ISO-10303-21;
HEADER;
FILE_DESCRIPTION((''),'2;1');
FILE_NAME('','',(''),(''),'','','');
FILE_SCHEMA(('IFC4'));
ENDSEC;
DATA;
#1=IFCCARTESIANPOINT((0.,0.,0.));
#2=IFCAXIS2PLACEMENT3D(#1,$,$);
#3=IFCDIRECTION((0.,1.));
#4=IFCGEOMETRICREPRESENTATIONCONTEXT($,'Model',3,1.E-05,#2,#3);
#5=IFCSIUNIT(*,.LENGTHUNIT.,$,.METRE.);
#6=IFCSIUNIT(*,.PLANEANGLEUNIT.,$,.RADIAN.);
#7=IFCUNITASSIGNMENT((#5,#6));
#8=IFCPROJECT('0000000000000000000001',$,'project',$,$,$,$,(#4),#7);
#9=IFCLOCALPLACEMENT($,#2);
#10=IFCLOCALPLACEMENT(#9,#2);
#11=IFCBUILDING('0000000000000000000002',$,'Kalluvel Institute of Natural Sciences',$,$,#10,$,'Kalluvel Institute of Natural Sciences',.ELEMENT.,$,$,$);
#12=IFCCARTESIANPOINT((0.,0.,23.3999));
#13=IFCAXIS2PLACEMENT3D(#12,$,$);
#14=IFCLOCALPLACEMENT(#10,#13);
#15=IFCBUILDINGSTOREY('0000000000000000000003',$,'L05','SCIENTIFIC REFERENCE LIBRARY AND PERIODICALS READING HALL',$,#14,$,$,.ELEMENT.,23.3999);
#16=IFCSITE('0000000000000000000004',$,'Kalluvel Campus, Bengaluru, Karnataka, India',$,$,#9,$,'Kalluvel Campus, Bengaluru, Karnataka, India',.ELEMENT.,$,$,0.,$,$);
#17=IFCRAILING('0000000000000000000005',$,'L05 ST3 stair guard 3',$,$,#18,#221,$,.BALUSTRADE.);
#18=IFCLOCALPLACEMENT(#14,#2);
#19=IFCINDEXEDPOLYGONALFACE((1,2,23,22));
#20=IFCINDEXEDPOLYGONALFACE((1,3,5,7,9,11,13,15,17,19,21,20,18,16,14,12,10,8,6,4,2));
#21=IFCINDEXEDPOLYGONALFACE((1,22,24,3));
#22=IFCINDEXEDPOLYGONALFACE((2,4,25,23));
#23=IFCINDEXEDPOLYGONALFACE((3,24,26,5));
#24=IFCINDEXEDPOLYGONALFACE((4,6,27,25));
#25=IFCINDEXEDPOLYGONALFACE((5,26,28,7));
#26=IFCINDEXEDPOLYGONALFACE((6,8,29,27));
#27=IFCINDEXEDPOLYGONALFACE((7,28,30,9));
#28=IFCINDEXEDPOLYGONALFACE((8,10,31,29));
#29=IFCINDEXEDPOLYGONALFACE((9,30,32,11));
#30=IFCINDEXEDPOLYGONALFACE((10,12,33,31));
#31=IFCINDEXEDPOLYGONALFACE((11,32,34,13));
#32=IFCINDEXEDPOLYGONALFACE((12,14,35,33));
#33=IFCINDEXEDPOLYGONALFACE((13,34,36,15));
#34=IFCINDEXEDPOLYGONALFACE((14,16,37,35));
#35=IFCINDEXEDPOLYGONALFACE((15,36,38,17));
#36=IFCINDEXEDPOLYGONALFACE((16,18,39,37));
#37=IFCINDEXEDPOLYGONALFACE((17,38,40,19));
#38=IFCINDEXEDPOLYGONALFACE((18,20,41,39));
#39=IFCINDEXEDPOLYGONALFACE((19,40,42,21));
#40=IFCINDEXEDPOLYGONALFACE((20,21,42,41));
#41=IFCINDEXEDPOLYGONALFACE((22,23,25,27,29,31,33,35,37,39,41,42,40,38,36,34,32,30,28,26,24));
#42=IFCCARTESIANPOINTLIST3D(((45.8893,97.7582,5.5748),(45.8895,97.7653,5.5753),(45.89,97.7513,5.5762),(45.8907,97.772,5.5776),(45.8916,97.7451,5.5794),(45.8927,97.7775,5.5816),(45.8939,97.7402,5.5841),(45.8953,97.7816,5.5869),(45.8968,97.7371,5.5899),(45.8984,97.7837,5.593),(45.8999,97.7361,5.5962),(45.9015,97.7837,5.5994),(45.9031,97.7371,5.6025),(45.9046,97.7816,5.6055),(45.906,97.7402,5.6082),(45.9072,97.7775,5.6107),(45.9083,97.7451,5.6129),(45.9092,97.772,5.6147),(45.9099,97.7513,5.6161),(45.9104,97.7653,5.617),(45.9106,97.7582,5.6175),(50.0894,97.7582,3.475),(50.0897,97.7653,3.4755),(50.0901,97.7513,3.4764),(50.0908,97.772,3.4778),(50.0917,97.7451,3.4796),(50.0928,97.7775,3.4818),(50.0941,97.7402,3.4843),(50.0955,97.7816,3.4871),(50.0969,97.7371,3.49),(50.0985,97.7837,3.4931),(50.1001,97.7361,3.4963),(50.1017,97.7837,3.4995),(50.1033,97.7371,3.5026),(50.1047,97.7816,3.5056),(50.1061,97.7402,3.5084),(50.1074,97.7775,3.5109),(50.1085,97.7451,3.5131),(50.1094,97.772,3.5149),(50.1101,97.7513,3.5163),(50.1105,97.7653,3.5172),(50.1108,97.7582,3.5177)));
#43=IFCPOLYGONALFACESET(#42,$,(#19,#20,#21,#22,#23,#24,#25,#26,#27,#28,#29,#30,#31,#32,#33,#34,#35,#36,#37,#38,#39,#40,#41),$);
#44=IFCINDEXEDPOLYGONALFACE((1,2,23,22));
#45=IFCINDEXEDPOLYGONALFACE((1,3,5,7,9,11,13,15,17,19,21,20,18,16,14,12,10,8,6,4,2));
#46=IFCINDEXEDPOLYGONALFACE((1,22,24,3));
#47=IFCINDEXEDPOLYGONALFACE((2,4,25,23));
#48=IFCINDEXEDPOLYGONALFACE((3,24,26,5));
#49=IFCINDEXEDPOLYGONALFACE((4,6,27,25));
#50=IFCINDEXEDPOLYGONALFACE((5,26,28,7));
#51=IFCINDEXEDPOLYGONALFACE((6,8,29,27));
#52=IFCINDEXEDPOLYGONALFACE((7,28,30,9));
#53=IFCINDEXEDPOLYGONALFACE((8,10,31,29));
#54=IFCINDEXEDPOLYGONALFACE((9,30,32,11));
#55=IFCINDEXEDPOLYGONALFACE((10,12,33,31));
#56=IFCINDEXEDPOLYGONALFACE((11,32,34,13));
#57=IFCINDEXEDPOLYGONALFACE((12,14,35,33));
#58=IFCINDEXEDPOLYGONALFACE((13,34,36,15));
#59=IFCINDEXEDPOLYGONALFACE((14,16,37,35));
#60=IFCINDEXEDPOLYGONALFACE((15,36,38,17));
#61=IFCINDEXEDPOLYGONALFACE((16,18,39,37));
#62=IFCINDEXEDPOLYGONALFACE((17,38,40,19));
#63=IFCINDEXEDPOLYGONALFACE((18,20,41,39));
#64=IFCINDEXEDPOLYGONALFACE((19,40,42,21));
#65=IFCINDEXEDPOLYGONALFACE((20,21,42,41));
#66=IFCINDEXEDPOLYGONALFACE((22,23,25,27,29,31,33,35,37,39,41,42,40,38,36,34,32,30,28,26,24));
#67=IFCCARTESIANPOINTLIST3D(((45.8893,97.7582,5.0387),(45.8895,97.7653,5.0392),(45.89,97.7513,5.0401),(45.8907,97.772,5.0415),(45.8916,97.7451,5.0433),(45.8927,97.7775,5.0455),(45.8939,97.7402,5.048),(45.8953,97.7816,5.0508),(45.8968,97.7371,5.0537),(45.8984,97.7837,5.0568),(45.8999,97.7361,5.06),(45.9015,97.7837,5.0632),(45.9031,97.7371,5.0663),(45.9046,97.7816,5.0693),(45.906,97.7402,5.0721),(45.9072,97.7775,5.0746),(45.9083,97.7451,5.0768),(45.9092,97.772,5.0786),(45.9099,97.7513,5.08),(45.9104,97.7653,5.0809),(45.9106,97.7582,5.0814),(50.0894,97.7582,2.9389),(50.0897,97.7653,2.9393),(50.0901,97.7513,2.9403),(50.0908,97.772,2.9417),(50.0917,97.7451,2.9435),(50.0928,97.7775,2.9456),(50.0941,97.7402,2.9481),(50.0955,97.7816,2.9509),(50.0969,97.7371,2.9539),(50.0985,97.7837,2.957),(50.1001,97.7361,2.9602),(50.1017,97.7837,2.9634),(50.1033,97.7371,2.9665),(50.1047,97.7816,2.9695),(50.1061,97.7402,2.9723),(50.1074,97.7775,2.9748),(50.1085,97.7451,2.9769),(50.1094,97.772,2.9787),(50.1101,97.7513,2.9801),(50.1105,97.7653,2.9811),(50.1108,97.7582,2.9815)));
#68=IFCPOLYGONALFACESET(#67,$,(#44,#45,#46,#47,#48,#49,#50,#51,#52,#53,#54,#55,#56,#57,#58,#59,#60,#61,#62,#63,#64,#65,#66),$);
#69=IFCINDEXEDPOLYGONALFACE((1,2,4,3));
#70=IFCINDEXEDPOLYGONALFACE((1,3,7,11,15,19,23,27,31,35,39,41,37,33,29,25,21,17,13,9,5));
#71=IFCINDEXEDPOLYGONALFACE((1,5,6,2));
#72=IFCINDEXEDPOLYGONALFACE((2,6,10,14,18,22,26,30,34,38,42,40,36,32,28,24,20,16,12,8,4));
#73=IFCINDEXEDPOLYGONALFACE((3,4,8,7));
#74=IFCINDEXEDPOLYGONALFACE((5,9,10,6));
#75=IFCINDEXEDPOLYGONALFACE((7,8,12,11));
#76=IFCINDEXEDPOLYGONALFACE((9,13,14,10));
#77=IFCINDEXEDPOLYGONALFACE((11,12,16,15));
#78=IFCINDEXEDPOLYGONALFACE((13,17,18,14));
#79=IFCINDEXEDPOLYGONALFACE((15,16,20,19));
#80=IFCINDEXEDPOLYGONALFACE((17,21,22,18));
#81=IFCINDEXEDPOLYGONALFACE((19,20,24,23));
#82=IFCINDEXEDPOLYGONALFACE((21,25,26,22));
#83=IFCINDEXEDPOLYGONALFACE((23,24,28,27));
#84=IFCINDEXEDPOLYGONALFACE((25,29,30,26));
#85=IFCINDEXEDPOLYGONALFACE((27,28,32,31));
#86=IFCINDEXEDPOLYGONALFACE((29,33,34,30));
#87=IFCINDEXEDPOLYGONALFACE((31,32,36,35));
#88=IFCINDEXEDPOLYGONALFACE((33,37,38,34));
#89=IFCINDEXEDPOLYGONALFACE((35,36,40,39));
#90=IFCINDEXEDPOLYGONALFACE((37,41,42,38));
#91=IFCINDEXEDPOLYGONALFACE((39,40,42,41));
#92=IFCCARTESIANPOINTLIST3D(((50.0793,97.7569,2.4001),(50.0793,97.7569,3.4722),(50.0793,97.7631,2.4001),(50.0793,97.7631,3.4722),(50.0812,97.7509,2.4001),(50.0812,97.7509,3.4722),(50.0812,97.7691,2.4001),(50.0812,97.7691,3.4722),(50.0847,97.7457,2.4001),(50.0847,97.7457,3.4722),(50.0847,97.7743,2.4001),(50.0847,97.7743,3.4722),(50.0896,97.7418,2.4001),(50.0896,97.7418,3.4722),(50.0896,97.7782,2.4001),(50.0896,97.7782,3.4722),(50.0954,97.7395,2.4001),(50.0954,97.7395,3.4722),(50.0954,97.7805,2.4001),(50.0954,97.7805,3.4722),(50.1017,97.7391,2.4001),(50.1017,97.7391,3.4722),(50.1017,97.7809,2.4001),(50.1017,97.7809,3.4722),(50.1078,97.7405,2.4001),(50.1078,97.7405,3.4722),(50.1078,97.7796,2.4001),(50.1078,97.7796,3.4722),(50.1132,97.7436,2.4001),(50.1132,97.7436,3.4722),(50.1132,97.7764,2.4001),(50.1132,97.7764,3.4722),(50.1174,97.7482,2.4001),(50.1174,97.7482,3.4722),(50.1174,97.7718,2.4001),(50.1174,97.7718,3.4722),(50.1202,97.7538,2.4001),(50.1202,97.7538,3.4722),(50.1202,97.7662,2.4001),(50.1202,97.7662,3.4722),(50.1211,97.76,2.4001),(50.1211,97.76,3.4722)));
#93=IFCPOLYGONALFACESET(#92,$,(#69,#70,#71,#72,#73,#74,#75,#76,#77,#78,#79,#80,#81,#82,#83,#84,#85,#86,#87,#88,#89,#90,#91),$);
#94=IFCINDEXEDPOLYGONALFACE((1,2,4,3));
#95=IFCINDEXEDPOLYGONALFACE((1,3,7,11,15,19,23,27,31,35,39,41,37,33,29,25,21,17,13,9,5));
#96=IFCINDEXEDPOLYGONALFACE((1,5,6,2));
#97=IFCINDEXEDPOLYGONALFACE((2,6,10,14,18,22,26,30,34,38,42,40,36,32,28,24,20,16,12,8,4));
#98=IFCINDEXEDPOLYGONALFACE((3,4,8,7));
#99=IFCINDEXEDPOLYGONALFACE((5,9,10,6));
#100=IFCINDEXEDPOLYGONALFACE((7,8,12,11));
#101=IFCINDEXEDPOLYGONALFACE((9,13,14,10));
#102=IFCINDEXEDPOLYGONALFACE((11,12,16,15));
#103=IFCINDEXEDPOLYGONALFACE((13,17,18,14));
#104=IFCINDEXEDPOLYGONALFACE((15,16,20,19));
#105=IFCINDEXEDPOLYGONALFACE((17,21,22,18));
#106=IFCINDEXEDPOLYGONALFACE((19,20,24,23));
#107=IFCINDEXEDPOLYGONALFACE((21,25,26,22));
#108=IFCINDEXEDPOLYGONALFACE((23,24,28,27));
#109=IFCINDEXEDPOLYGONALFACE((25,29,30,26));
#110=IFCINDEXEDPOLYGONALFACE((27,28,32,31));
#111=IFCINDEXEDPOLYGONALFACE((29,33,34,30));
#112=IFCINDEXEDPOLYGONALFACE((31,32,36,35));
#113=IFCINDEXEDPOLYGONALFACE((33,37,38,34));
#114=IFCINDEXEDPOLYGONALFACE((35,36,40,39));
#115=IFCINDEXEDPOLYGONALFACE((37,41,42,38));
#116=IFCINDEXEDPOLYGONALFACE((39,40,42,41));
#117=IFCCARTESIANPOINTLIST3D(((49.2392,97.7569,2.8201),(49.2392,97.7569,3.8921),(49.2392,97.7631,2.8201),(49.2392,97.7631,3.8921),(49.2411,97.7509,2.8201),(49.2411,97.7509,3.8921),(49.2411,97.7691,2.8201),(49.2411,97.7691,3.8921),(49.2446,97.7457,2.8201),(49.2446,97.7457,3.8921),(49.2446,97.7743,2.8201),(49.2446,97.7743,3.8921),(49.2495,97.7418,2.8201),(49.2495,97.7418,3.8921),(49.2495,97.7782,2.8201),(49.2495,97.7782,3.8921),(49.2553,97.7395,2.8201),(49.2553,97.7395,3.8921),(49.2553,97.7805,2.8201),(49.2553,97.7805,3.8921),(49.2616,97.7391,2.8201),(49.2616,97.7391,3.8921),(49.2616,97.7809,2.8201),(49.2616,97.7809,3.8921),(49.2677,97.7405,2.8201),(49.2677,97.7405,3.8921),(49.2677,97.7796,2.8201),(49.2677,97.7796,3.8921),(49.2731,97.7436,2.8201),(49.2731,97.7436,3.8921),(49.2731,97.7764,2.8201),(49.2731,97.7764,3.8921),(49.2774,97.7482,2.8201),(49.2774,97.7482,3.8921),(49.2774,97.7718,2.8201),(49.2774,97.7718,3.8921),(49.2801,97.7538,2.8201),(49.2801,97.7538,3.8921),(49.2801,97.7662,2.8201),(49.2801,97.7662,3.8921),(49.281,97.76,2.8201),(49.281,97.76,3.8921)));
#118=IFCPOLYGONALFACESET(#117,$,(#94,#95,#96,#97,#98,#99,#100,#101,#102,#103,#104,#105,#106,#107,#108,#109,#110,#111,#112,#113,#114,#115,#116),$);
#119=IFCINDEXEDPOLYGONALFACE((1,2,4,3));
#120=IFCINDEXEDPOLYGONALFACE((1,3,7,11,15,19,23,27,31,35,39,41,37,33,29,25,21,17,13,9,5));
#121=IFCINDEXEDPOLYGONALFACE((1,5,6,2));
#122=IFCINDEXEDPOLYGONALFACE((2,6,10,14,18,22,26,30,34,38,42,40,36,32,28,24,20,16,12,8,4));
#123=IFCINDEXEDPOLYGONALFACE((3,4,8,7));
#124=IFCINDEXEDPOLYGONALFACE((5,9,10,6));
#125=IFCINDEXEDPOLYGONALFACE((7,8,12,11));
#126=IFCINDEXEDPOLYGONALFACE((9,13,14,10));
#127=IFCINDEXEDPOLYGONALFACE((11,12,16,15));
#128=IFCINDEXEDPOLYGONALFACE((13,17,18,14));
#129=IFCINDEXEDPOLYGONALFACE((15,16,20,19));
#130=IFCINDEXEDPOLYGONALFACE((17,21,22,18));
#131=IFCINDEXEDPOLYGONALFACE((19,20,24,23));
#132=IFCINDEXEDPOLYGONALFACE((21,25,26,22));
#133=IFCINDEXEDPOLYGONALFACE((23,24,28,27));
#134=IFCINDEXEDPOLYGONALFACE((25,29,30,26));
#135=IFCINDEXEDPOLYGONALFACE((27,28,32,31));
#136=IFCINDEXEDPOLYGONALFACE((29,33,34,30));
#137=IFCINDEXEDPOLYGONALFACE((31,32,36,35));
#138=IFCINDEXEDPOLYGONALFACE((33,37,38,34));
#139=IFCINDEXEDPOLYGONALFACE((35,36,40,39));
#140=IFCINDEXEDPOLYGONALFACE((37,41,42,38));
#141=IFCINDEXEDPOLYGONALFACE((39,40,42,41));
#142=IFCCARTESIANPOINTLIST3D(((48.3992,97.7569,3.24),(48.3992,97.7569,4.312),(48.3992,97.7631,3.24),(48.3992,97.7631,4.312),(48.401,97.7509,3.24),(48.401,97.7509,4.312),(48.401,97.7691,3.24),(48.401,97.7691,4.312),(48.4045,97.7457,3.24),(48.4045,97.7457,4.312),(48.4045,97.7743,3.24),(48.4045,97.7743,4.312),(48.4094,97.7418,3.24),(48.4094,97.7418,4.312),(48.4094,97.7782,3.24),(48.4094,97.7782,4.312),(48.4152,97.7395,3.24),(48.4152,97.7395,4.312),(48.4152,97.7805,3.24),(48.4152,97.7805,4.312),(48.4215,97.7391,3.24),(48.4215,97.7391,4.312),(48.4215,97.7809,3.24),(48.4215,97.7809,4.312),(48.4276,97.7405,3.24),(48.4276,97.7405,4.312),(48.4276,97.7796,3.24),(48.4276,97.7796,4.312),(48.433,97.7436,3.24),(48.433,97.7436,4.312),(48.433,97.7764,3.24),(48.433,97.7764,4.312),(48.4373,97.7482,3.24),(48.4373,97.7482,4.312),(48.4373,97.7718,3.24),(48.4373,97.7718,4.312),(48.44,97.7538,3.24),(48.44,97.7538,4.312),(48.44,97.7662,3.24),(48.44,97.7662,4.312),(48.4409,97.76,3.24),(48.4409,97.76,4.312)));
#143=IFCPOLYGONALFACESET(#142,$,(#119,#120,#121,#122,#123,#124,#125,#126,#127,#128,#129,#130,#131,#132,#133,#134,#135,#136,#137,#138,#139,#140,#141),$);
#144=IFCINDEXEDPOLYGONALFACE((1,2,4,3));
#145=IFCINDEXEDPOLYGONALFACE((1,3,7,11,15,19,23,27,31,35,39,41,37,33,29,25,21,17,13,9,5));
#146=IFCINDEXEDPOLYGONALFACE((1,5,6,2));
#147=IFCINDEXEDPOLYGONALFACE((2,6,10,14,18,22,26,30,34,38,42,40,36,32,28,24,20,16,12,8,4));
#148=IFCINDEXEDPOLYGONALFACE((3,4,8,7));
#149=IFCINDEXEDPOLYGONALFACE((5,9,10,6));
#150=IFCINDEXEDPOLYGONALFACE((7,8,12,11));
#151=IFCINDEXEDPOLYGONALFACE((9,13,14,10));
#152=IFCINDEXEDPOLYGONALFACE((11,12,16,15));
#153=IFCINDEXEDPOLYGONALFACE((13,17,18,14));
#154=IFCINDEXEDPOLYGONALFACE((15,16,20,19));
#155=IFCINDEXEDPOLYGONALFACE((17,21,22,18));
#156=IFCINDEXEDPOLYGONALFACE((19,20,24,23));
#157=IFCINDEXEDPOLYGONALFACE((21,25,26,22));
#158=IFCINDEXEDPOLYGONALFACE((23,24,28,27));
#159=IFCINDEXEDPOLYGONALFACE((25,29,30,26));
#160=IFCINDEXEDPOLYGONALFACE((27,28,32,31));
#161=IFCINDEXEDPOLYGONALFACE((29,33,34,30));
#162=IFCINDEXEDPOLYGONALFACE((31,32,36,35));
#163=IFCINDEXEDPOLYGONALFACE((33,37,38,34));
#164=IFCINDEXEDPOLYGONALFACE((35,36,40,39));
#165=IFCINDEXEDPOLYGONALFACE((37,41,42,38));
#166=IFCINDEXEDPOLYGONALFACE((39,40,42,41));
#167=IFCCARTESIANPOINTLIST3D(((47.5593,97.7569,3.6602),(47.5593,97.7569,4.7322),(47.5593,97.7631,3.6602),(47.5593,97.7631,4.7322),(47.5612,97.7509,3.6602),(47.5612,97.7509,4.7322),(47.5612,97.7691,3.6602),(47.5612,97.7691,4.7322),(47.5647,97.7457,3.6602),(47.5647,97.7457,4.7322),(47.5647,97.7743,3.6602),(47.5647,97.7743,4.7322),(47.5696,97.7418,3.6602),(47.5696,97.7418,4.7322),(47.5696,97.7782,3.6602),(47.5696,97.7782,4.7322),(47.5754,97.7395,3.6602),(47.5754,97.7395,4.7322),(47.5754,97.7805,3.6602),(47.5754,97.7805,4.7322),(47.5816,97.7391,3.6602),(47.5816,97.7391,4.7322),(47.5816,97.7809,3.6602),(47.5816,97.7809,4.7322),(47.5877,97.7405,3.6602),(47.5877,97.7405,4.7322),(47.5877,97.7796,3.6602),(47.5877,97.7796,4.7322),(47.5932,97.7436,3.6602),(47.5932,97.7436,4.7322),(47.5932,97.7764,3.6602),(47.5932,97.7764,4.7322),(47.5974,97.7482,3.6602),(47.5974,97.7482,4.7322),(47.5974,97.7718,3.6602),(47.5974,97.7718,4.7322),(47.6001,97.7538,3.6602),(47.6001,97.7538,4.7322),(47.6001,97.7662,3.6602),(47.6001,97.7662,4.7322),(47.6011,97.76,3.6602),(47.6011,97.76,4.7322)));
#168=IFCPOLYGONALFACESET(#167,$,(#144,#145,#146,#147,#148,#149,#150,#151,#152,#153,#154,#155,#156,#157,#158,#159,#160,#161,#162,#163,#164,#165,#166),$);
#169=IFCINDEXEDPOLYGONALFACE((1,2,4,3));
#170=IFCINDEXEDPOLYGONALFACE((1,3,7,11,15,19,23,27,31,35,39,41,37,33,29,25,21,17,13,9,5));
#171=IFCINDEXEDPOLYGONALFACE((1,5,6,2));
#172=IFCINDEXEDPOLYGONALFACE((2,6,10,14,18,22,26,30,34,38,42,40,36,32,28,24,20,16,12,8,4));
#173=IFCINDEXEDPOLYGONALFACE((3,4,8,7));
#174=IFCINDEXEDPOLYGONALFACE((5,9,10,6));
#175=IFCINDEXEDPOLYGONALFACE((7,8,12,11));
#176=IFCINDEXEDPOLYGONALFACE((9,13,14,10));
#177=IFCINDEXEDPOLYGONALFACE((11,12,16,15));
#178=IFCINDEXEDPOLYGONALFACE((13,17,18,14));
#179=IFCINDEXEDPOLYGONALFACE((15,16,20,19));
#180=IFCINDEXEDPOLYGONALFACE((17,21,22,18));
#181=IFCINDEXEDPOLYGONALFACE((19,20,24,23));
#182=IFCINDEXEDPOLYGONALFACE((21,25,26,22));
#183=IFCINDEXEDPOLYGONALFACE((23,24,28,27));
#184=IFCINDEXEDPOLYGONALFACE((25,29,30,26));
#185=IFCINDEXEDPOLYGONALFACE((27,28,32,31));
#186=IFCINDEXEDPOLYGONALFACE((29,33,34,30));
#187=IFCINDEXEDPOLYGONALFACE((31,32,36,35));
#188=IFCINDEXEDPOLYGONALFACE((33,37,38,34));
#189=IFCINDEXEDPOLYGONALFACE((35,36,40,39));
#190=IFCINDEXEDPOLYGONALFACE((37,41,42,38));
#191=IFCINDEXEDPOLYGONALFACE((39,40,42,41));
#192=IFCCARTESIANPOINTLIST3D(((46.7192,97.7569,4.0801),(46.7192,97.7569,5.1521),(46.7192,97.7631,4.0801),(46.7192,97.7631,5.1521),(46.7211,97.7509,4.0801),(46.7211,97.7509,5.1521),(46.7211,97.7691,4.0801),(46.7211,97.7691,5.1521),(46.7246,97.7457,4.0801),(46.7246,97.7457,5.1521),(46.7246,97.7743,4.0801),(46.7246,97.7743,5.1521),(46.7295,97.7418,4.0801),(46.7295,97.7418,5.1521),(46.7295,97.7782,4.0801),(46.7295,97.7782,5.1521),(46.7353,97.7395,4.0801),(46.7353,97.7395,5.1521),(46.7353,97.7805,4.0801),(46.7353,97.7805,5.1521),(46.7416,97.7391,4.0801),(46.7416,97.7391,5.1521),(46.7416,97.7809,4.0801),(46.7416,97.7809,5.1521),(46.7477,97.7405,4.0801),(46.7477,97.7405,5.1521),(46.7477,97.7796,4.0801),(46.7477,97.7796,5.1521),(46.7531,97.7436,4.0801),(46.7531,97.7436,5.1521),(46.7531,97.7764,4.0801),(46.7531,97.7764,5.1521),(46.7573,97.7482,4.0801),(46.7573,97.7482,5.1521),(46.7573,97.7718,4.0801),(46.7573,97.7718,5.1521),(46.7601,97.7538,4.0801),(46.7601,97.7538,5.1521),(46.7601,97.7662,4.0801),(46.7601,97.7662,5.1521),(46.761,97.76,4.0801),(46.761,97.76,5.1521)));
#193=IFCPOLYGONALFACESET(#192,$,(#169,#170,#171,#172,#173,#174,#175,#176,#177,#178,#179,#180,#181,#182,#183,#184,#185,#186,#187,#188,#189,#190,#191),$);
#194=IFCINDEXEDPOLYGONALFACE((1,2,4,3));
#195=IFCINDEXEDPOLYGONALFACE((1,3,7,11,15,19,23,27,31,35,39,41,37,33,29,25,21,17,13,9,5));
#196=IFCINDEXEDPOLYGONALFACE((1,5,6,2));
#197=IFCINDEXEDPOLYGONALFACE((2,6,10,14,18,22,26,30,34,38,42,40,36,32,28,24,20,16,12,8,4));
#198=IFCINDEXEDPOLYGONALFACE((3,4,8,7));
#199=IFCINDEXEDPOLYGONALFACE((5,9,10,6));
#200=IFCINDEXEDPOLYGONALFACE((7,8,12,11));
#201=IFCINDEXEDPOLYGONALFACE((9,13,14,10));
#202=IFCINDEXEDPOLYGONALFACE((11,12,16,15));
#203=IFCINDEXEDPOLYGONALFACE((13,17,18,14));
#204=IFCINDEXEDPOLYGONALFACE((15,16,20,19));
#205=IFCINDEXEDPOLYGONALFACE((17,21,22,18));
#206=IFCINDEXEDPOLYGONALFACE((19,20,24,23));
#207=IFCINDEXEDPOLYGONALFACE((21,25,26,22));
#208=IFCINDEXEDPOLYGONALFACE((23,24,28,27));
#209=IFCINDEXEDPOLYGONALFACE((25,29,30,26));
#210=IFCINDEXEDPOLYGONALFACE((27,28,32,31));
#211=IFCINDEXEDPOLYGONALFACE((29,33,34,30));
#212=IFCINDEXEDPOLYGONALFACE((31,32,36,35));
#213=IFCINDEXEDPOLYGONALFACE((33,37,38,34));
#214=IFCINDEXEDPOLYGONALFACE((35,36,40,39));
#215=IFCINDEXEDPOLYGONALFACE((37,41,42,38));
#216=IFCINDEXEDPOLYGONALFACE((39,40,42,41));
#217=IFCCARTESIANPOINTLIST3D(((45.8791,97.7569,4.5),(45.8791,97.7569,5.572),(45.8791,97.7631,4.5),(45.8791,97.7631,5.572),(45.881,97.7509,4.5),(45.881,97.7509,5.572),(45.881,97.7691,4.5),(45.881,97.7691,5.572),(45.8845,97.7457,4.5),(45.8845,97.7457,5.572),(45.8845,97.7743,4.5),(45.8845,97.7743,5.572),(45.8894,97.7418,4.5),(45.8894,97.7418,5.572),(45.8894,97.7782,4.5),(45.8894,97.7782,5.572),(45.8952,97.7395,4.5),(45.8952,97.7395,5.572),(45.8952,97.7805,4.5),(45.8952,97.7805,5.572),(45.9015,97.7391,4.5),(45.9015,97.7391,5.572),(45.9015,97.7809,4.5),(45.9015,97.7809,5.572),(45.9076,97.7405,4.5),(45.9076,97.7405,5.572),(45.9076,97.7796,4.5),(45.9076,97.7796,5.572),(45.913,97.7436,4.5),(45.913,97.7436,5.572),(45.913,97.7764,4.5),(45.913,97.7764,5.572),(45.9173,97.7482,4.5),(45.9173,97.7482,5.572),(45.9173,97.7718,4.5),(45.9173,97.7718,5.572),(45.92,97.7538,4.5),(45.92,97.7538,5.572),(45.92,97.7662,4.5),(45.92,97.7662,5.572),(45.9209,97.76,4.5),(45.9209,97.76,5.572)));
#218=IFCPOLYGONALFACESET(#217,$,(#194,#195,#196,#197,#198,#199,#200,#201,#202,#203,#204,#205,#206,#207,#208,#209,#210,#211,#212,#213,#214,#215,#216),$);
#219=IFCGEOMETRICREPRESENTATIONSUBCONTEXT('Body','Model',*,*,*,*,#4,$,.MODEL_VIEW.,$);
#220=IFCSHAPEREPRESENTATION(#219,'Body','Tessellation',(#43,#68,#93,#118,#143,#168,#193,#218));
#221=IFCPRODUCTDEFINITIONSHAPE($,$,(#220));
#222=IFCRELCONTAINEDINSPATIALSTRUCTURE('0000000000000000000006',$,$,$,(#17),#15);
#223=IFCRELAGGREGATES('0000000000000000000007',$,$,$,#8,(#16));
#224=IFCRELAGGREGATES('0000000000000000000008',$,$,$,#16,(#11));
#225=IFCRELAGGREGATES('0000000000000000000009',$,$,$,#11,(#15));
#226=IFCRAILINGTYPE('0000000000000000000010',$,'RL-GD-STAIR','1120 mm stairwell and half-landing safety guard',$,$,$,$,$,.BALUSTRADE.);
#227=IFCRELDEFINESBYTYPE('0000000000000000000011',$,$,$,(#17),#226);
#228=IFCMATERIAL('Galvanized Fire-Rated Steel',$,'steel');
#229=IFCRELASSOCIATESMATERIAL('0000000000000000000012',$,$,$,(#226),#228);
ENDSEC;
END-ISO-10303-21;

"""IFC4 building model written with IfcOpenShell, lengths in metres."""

from ifc_helpers import new_model, si_unit, direction, frame, origin, origin_2d, place, context, subcontext, project, spatial, circle, extrude, material, type_object, element, save


model = new_model("IFC4")

# Units and contexts
model_context = context("Model", 3, precision=1e-05, world=origin(), true_north=direction((0.0, 1.0)))
body_context = subcontext(model_context, "Body", "Model", "MODEL_VIEW")
ifc_project = project(units=[si_unit("LENGTHUNIT", "METRE"), si_unit("PLANEANGLEUNIT", "RADIAN")], contexts=[model_context])

# Site, building, storey
site_placement = place(None, origin())
site = spatial("IfcSite", under=ifc_project, at=site_placement, Name="Kalluvel Campus, Bengaluru, Karnataka, India", LongName="Kalluvel Campus, Bengaluru, Karnataka, India", CompositionType="ELEMENT", RefElevation=0.0)
building_placement = place(site_placement, origin())
building = spatial("IfcBuilding", under=site, at=building_placement, Name="Kalluvel Institute of Natural Sciences", LongName="Kalluvel Institute of Natural Sciences", CompositionType="ELEMENT")
storey_placement = place(building_placement, frame((0.0, 0.0, 23.3999)))
storey = spatial("IfcBuildingStorey", under=building, at=storey_placement, Name="L05", Description="SCIENTIFIC REFERENCE LIBRARY AND PERIODICALS READING HALL", CompositionType="ELEMENT", Elevation=23.3999)

# Railing
ifc_material_1 = material(Name="Galvanized Fire-Rated Steel", Category="steel")
railing_type_1 = type_object("IfcRailingType", Name="RL-GD-STAIR", Description="1120 mm stairwell and half-landing safety guard", PredefinedType="BALUSTRADE", material=ifc_material_1)
railing_1_placement = place(storey_placement, frame((50.1001, 97.76, 2.4001)))
element("IfcRailing", 1, at=railing_1_placement, inside=storey, type_object=railing_type_1, Name="L05 ST3 stair guard 3", PredefinedType="BALUSTRADE", context=body_context, shape_type="SweptSolid", body=[
    extrude(circle(Radius=0.0239, at=origin_2d()), frame((0.0, 0.0, 1.0962), z_axis=(-0.894448, 0.0, 0.447172), x_axis=(0.0, -1.0, 0.0)), (0.0, 0.0, 1.0), 4.6958),
    extrude(circle(Radius=0.0239, at=origin_2d()), frame((0.0, 0.0, 0.5601), z_axis=(-0.894448, 0.0, 0.447172), x_axis=(0.0, -1.0, 0.0)), (0.0, 0.0, 1.0), 4.6958),
    extrude(circle(Radius=0.021, at=origin_2d()), origin(), (0.0, 0.0, 1.0), 1.072),
    extrude(circle(Radius=0.021, at=origin_2d()), frame((-0.8401, 0.0, 0.4199)), (0.0, 0.0, 1.0), 1.072),
    extrude(circle(Radius=0.021, at=origin_2d()), frame((-1.6802, 0.0, 0.8398)), (0.0, 0.0, 1.0), 1.072),
    extrude(circle(Radius=0.021, at=origin_2d()), frame((-2.52, 0.0, 1.26)), (0.0, 0.0, 1.0), 1.072),
    extrude(circle(Radius=0.021, at=origin_2d()), frame((-3.3601, 0.0, 1.6799)), (0.0, 0.0, 1.0), 1.072),
    extrude(circle(Radius=0.021, at=origin_2d()), frame((-4.2002, 0.0, 2.0999)), (0.0, 0.0, 1.0), 1.072),
])

save(model, "model.ifc")
